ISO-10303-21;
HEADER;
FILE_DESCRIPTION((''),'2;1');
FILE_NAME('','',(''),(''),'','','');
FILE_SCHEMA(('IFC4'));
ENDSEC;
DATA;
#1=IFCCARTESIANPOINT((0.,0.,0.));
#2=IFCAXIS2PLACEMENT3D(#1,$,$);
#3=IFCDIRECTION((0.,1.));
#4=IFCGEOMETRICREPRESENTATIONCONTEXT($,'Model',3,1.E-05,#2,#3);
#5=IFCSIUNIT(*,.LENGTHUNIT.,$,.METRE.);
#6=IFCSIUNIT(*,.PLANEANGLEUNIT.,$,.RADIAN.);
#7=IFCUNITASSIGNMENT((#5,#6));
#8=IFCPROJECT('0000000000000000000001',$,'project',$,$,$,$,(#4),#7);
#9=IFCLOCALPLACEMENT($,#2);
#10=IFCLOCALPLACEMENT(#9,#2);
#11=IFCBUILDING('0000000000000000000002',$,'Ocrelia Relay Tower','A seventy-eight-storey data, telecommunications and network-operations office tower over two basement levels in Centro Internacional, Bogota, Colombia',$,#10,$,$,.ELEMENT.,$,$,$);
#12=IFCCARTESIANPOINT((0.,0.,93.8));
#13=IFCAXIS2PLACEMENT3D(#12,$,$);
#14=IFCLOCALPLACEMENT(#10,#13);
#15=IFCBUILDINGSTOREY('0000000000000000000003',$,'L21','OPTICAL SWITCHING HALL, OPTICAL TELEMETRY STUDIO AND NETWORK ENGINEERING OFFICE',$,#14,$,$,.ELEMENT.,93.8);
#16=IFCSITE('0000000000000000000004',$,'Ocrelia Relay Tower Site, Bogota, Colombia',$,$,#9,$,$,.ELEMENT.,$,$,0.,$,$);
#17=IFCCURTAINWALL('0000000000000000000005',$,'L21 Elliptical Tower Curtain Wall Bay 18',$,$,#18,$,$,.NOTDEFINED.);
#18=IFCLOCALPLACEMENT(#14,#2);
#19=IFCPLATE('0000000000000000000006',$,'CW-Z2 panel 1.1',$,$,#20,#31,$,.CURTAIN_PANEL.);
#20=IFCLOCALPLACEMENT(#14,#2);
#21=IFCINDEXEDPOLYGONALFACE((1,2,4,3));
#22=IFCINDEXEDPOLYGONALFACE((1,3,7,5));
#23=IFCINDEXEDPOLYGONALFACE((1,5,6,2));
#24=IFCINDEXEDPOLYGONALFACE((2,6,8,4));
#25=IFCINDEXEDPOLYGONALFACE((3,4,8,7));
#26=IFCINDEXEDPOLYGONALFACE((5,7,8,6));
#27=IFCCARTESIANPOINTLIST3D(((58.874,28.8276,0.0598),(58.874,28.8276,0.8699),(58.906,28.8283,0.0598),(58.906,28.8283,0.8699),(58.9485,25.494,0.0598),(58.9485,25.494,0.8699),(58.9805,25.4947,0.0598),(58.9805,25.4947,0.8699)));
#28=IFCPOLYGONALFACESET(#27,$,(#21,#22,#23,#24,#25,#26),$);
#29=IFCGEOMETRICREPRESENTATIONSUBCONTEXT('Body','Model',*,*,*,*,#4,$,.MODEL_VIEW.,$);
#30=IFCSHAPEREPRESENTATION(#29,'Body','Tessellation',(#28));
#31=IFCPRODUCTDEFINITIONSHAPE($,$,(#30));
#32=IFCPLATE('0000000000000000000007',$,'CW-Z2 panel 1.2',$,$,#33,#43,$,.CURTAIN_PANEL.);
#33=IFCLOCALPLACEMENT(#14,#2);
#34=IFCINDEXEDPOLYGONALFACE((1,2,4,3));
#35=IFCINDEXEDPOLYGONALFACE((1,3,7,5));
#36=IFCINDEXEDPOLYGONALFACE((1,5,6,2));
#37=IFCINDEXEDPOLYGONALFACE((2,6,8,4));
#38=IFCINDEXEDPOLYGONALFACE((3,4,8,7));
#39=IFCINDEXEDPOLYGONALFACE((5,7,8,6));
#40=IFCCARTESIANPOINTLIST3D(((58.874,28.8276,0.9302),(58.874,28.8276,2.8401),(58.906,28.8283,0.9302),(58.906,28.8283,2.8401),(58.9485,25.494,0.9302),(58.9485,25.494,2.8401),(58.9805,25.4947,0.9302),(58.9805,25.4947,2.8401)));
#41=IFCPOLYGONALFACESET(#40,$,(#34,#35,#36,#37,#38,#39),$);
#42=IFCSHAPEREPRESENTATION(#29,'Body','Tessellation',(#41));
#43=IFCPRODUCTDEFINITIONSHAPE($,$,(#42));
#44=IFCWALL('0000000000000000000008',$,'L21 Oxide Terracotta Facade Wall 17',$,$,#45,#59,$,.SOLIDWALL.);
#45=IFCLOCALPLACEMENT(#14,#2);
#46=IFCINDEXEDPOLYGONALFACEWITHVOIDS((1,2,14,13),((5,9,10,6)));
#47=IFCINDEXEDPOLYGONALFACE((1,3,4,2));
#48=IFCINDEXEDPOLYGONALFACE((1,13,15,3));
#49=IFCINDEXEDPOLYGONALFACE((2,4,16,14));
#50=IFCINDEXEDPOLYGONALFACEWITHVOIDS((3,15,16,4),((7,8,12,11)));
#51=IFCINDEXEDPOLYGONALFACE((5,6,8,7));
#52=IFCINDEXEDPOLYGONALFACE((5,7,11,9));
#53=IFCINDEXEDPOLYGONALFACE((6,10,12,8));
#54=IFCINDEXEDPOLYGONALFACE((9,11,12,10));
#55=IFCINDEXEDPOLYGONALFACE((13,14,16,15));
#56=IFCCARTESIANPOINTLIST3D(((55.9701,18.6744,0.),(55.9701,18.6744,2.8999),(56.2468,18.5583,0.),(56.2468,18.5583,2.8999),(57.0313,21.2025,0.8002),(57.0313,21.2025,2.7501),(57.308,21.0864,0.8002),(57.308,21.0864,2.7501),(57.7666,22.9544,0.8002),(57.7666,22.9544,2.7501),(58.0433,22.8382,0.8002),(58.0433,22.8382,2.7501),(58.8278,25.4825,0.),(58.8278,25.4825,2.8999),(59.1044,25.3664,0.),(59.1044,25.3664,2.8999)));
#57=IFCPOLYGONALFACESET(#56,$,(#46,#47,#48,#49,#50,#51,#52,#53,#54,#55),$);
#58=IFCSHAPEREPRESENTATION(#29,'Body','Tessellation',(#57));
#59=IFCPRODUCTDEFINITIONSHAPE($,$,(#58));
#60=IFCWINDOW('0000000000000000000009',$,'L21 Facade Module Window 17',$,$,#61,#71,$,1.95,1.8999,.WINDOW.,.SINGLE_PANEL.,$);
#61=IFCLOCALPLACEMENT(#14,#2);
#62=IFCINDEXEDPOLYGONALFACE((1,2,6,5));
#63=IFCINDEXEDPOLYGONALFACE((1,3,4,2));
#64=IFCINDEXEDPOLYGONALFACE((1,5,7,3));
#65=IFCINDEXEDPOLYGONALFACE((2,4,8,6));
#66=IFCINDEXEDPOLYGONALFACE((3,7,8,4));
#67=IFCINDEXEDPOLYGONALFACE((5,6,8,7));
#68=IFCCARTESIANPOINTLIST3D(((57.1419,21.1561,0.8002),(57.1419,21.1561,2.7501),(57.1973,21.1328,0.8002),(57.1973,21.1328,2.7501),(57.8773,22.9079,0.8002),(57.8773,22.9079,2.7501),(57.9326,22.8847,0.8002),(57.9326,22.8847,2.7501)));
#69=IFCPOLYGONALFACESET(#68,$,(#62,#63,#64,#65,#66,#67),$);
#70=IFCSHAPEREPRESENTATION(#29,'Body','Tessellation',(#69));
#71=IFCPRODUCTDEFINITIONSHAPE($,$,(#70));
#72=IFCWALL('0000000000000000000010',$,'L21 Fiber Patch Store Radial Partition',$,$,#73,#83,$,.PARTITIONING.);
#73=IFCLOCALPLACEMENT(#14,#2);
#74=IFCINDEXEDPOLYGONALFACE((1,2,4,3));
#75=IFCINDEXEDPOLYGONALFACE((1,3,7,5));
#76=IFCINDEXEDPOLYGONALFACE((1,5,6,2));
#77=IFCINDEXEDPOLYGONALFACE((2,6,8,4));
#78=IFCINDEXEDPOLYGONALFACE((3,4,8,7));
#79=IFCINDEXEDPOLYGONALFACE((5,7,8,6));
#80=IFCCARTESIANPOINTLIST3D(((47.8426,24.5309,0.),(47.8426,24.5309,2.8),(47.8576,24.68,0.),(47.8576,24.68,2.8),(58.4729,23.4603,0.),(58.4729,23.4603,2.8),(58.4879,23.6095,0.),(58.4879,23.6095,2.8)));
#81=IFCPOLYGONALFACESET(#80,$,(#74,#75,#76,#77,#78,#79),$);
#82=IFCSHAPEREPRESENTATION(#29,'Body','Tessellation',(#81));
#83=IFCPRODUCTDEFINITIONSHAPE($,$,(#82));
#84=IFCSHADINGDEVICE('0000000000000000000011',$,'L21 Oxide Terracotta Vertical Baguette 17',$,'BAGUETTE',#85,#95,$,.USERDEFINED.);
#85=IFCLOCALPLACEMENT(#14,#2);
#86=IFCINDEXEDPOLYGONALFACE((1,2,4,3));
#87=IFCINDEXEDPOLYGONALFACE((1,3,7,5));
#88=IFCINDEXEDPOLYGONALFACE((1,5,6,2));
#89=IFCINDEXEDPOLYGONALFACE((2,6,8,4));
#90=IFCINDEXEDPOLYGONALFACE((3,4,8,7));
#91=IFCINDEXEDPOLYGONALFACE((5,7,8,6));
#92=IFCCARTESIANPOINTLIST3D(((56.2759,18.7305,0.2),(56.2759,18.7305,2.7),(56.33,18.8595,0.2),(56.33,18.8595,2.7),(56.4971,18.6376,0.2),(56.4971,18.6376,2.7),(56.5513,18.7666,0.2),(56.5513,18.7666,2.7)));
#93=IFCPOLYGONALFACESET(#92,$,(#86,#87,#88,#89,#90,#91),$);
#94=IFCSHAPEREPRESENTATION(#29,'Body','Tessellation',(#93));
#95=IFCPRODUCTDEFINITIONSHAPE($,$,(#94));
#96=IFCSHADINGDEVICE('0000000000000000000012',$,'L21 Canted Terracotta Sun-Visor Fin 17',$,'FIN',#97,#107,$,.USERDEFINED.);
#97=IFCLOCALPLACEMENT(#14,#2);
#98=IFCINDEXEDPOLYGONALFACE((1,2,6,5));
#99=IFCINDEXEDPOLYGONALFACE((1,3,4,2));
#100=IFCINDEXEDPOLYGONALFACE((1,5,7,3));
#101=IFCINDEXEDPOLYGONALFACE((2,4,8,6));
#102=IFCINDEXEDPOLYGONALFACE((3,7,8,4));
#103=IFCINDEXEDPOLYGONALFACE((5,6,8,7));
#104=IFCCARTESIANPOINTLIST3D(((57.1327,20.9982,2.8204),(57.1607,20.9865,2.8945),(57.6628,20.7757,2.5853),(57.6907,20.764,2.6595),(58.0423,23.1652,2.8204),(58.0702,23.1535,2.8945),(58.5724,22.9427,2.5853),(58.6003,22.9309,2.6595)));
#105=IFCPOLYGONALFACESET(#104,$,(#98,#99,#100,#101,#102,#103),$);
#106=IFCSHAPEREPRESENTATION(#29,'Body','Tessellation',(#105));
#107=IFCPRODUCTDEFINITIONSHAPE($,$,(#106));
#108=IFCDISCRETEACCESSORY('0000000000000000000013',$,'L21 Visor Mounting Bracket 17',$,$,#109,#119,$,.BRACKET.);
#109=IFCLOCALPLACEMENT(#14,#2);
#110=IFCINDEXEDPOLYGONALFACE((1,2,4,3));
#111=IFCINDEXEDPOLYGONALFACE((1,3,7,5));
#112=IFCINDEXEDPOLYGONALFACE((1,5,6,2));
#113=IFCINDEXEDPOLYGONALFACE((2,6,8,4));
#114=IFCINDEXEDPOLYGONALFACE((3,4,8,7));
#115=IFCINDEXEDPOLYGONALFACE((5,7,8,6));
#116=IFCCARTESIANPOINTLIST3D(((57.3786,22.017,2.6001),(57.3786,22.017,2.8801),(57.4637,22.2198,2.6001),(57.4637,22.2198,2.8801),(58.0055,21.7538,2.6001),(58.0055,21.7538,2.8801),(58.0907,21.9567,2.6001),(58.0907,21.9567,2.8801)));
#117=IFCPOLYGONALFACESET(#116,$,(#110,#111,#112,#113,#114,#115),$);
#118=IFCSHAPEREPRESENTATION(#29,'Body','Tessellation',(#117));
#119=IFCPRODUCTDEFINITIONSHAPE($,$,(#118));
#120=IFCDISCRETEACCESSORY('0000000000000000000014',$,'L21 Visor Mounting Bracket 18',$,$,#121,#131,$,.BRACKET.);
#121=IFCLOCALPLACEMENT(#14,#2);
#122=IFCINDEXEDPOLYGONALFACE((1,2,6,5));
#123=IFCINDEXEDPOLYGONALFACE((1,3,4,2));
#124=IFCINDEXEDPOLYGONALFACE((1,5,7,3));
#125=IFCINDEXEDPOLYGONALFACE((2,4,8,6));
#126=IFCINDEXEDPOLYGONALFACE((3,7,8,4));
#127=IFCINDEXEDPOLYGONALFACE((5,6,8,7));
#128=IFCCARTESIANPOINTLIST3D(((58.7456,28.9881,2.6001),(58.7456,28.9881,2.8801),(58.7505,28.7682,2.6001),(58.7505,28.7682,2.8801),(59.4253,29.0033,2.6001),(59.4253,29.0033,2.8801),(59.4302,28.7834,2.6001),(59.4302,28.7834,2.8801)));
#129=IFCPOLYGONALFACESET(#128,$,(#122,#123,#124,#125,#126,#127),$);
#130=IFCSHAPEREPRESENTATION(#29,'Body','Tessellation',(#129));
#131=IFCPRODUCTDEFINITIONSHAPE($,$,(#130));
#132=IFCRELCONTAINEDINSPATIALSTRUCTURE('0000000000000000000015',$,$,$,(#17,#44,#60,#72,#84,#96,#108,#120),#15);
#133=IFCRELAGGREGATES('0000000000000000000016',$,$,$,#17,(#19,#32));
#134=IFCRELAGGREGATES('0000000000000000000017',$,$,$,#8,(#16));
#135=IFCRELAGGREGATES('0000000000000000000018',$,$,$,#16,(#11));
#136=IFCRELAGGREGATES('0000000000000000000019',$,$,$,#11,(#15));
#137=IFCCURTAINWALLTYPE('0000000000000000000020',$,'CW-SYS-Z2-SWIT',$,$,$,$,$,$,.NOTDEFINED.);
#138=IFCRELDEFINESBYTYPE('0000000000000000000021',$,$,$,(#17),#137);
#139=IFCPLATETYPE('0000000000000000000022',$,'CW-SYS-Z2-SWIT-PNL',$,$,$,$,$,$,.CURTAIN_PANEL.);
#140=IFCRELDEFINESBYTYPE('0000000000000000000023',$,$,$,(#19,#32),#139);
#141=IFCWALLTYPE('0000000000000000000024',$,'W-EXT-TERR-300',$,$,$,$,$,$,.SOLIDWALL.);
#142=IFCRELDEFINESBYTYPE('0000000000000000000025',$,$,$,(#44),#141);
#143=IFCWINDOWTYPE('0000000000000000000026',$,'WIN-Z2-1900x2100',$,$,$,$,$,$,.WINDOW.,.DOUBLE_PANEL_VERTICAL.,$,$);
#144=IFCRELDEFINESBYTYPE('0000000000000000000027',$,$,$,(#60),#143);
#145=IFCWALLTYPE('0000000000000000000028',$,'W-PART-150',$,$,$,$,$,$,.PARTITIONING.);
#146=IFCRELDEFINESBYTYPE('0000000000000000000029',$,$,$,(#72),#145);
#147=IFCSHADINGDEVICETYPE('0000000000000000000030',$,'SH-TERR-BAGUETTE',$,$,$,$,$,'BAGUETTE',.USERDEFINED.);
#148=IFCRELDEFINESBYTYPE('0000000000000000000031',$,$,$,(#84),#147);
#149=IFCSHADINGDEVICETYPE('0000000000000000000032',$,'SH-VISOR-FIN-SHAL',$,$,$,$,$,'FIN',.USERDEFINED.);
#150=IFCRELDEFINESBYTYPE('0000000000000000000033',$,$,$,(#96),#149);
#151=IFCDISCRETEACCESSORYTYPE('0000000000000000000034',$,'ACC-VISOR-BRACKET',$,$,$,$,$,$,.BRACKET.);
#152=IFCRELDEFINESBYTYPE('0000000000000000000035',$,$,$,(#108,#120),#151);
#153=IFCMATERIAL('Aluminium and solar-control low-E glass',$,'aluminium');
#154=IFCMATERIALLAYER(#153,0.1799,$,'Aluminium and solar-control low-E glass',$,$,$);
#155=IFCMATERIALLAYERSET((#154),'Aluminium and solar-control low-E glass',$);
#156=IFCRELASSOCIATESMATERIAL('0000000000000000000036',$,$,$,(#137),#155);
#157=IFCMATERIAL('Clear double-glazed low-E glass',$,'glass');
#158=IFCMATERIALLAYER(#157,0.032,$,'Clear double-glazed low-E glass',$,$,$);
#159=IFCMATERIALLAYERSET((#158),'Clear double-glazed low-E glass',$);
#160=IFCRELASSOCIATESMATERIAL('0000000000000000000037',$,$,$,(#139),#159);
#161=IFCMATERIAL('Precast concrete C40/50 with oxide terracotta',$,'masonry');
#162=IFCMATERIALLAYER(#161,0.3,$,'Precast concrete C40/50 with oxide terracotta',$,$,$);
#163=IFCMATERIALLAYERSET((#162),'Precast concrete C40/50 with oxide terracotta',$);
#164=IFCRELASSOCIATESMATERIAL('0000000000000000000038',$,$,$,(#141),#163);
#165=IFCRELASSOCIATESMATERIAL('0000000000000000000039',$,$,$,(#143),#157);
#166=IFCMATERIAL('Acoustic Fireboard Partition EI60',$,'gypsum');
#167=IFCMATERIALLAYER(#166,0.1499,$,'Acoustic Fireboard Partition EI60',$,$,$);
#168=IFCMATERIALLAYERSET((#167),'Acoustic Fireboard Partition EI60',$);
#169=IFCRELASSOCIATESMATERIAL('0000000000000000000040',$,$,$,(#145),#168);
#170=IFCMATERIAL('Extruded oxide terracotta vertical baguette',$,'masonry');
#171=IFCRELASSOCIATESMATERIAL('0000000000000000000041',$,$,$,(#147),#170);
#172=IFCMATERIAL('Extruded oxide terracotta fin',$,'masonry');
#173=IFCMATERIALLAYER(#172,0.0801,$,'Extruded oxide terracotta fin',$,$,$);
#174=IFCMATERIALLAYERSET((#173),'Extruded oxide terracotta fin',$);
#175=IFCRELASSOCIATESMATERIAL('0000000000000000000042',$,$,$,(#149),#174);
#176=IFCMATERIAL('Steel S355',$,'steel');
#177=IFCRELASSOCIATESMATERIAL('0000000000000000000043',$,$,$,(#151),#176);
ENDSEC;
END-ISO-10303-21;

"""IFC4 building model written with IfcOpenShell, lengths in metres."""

from ifc_helpers import new_model, si_unit, direction, frame, frame_2d, origin, origin_2d, place, context, subcontext, project, spatial, rectangle, extrude, material, layer, layer_set, type_object, element, fill, aggregate, save


model = new_model("IFC4")

# Units and contexts
model_context = context("Model", 3, precision=1e-05, world=origin(), true_north=direction((0.0, 1.0)))
body_context = subcontext(model_context, "Body", "Model", "MODEL_VIEW")
ifc_project = project(units=[si_unit("LENGTHUNIT", "METRE"), si_unit("PLANEANGLEUNIT", "RADIAN")], contexts=[model_context])

# Site, building, storey
site_placement = place(None, origin())
site = spatial("IfcSite", under=ifc_project, at=site_placement, Name="Ocrelia Relay Tower Site, Bogota, Colombia", CompositionType="ELEMENT", RefElevation=0.0)
building_placement = place(site_placement, origin())
building = spatial("IfcBuilding", under=site, at=building_placement, Name="Ocrelia Relay Tower", Description="A seventy-eight-storey data, telecommunications and network-operations office tower over two basement levels in Centro Internacional, Bogota, Colombia", CompositionType="ELEMENT")
storey_placement = place(building_placement, frame((0.0, 0.0, 93.8)))
storey = spatial("IfcBuildingStorey", under=building, at=storey_placement, Name="L21", Description="OPTICAL SWITCHING HALL, OPTICAL TELEMETRY STUDIO AND NETWORK ENGINEERING OFFICE", CompositionType="ELEMENT", Elevation=93.8)

# Shared definitions
ifc_material_1 = material(Name="Steel S355", Category="steel")

# Curtain wall, plates
ifc_material_2 = material(Name="Aluminium and solar-control low-E glass", Category="aluminium")
ifc_layer_1 = layer(ifc_material_2, 0.1799, Name="Aluminium and solar-control low-E glass")
ifc_layer_set_1 = layer_set([ifc_layer_1], Name="Aluminium and solar-control low-E glass")
curtain_wall_type = type_object("IfcCurtainWallType", Name="CW-SYS-Z2-SWIT", PredefinedType="NOTDEFINED", material=ifc_layer_set_1)
curtain_wall_placement = place(storey_placement, origin())
curtain_wall = element("IfcCurtainWall", 1, at=curtain_wall_placement, inside=storey, type_object=curtain_wall_type, Name="L21 Elliptical Tower Curtain Wall Bay 18", PredefinedType="NOTDEFINED")
ifc_material_3 = material(Name="Clear double-glazed low-E glass", Category="glass")
ifc_layer_2 = layer(ifc_material_3, 0.032, Name="Clear double-glazed low-E glass")
ifc_layer_set_2 = layer_set([ifc_layer_2], Name="Clear double-glazed low-E glass")
plate_type = type_object("IfcPlateType", Name="CW-SYS-Z2-SWIT-PNL", PredefinedType="CURTAIN_PANEL", material=ifc_layer_set_2)
plate_1_placement = place(storey_placement, frame((58.9272, 27.1611, 0.0598), z_axis=(0.0, 0.0, 1.0), x_axis=(-0.022358, 0.99975, 0.0)))
plate_1 = element("IfcPlate", 2, at=plate_1_placement, type_object=plate_type, Name="CW-Z2 panel 1.1", PredefinedType="CURTAIN_PANEL", context=body_context, shape_type="SweptSolid", body=[
    extrude(rectangle(XDim=3.3345, YDim=0.032, at=origin_2d()), origin(), (0.0, 0.0, 1.0), 0.8101),
])
plate_2_placement = place(storey_placement, frame((58.9272, 27.1611, 0.9302), z_axis=(0.0, 0.0, 1.0), x_axis=(-0.022358, 0.99975, 0.0)))
plate_2 = element("IfcPlate", 3, at=plate_2_placement, type_object=plate_type, Name="CW-Z2 panel 1.2", PredefinedType="CURTAIN_PANEL", context=body_context, shape_type="SweptSolid", body=[
    extrude(rectangle(XDim=3.3345, YDim=0.032, at=origin_2d()), origin(), (0.0, 0.0, 1.0), 1.9099),
])
aggregate(curtain_wall, [plate_1, plate_2])

# Wall, opening, window
ifc_material_4 = material(Name="Precast concrete C40/50 with oxide terracotta", Category="masonry")
ifc_layer_3 = layer(ifc_material_4, 0.3, Name="Precast concrete C40/50 with oxide terracotta")
ifc_layer_set_3 = layer_set([ifc_layer_3], Name="Precast concrete C40/50 with oxide terracotta")
wall_type_1 = type_object("IfcWallType", Name="W-EXT-TERR-300", PredefinedType="SOLIDWALL", material=ifc_layer_set_3)
wall_1_placement = place(storey_placement, frame((56.1084, 18.6162, 0.0), z_axis=(0.0, 0.0, 1.0), x_axis=(0.387032, 0.922066, 0.0)))
wall_1 = element("IfcWall", 4, at=wall_1_placement, inside=storey, type_object=wall_type_1, Name="L21 Oxide Terracotta Facade Wall 17", PredefinedType="SOLIDWALL", context=body_context, shape_type="SweptSolid", body=[
    extrude(rectangle(XDim=7.3835, YDim=0.3, at=frame_2d((3.6919, 0.0))), origin(), (0.0, 0.0, 1.0), 2.8999),
])
opening_1_placement = place(wall_1_placement, frame((2.7419, 0.0, 0.8)))
opening_1 = element("IfcOpeningElement", 5, at=opening_1_placement, cuts=wall_1, PredefinedType="OPENING", context=body_context, shape_type="SweptSolid", body=[
    extrude(rectangle(XDim=1.8999, YDim=1.95, at=frame_2d((0.95, 0.9751))), frame((0.0, 0.1602, 0.0), z_axis=(0.0, -1.0, 0.0), x_axis=(1.0, 0.0, 0.0)), (0.0, 0.0, 1.0), 0.3201),
])
window_type = type_object("IfcWindowType", Name="WIN-Z2-1900x2100", PartitioningType="DOUBLE_PANEL_VERTICAL", PredefinedType="WINDOW", material=ifc_material_3)
window_placement = place(opening_1_placement, origin())
window = element("IfcWindow", 6, at=window_placement, inside=storey, type_object=window_type, Name="L21 Facade Module Window 17", OverallHeight=1.95, OverallWidth=1.8999, PartitioningType="SINGLE_PANEL", PredefinedType="WINDOW", context=body_context, shape_type="SweptSolid", body=[
    extrude(rectangle(XDim=1.8999, YDim=1.95, at=frame_2d((0.95, 0.9751))), frame((0.0, 0.03, 0.0), z_axis=(0.0, -1.0, 0.0), x_axis=(1.0, 0.0, 0.0)), (0.0, 0.0, 1.0), 0.0601),
])
fill(opening_1, window)

# Wall
ifc_material_5 = material(Name="Acoustic Fireboard Partition EI60", Category="gypsum")
ifc_layer_4 = layer(ifc_material_5, 0.1499, Name="Acoustic Fireboard Partition EI60")
ifc_layer_set_4 = layer_set([ifc_layer_4], Name="Acoustic Fireboard Partition EI60")
wall_type_2 = type_object("IfcWallType", Name="W-PART-150", PredefinedType="PARTITIONING", material=ifc_layer_set_4)
wall_2_placement = place(storey_placement, frame((47.8501, 24.6055, 0.0), z_axis=(0.0, 0.0, 1.0), x_axis=(0.994967, -0.100201, 0.0)))
element("IfcWall", 7, at=wall_2_placement, inside=storey, type_object=wall_type_2, Name="L21 Fiber Patch Store Radial Partition", PredefinedType="PARTITIONING", context=body_context, shape_type="SweptSolid", body=[
    extrude(rectangle(XDim=10.6841, YDim=0.1499, at=frame_2d((5.342, 0.0))), origin(), (0.0, 0.0, 1.0), 2.8),
])

# Shading devices
ifc_material_6 = material(Name="Extruded oxide terracotta vertical baguette", Category="masonry")
shading_device_type_1 = type_object("IfcShadingDeviceType", Name="SH-TERR-BAGUETTE", ElementType="BAGUETTE", PredefinedType="USERDEFINED", material=ifc_material_6)
shading_device_1_placement = place(storey_placement, frame((56.4136, 18.7485, 0.2), z_axis=(0.0, 0.0, 1.0), x_axis=(0.387035, 0.922065, 0.0)))
element("IfcShadingDevice", 8, at=shading_device_1_placement, inside=storey, type_object=shading_device_type_1, Name="L21 Oxide Terracotta Vertical Baguette 17", ObjectType="BAGUETTE", PredefinedType="USERDEFINED", context=body_context, shape_type="SweptSolid", body=[
    extrude(rectangle(XDim=0.1399, YDim=0.24, at=origin_2d()), origin(), (0.0, 0.0, 1.0), 2.5),
])
ifc_material_7 = material(Name="Extruded oxide terracotta fin", Category="masonry")
ifc_layer_5 = layer(ifc_material_7, 0.0801, Name="Extruded oxide terracotta fin")
ifc_layer_set_5 = layer_set([ifc_layer_5], Name="Extruded oxide terracotta fin")
shading_device_type_2 = type_object("IfcShadingDeviceType", Name="SH-VISOR-FIN-SHAL", ElementType="FIN", PredefinedType="USERDEFINED", material=ifc_layer_set_5)
shading_device_2_placement = place(storey_placement, frame((57.8525, 21.9705, 2.7029), z_axis=(0.34899, -0.146488, 0.925607), x_axis=(0.387035, 0.922065, 0.0)))
element("IfcShadingDevice", 9, at=shading_device_2_placement, inside=storey, type_object=shading_device_type_2, Name="L21 Canted Terracotta Sun-Visor Fin 17", ObjectType="FIN", PredefinedType="USERDEFINED", context=body_context, shape_type="SweptSolid", body=[
    extrude(rectangle(XDim=2.3501, YDim=0.6211, at=origin_2d()), origin(), (0.0, 0.0, 1.0), 0.0801),
])

# Discrete accessories
discrete_accessory_type = type_object("IfcDiscreteAccessoryType", Name="ACC-VISOR-BRACKET", PredefinedType="BRACKET", material=ifc_material_1)
for number, where, z_axis, x_axis, name in (
    (10, (57.7346, 21.9868, 2.6001), (0.0, 0.0, 1.0), (0.387035, 0.922065, 0.0), "L21 Visor Mounting Bracket 17"),
    (11, (59.0879, 28.8857, 2.6001), (0.0, 0.0, 1.0), (-0.022358, 0.99975, 0.0), "L21 Visor Mounting Bracket 18"),
):
    element("IfcDiscreteAccessory", number, at=place(storey_placement, frame(where, z_axis=z_axis, x_axis=x_axis)), inside=storey, type_object=discrete_accessory_type, Name=name, PredefinedType="BRACKET", context=body_context, shape_type="SweptSolid", body=[
        extrude(rectangle(XDim=0.22, YDim=0.6799, at=origin_2d()), origin(), (0.0, 0.0, 1.0), 0.28),
    ])

save(model, "model.ifc")
